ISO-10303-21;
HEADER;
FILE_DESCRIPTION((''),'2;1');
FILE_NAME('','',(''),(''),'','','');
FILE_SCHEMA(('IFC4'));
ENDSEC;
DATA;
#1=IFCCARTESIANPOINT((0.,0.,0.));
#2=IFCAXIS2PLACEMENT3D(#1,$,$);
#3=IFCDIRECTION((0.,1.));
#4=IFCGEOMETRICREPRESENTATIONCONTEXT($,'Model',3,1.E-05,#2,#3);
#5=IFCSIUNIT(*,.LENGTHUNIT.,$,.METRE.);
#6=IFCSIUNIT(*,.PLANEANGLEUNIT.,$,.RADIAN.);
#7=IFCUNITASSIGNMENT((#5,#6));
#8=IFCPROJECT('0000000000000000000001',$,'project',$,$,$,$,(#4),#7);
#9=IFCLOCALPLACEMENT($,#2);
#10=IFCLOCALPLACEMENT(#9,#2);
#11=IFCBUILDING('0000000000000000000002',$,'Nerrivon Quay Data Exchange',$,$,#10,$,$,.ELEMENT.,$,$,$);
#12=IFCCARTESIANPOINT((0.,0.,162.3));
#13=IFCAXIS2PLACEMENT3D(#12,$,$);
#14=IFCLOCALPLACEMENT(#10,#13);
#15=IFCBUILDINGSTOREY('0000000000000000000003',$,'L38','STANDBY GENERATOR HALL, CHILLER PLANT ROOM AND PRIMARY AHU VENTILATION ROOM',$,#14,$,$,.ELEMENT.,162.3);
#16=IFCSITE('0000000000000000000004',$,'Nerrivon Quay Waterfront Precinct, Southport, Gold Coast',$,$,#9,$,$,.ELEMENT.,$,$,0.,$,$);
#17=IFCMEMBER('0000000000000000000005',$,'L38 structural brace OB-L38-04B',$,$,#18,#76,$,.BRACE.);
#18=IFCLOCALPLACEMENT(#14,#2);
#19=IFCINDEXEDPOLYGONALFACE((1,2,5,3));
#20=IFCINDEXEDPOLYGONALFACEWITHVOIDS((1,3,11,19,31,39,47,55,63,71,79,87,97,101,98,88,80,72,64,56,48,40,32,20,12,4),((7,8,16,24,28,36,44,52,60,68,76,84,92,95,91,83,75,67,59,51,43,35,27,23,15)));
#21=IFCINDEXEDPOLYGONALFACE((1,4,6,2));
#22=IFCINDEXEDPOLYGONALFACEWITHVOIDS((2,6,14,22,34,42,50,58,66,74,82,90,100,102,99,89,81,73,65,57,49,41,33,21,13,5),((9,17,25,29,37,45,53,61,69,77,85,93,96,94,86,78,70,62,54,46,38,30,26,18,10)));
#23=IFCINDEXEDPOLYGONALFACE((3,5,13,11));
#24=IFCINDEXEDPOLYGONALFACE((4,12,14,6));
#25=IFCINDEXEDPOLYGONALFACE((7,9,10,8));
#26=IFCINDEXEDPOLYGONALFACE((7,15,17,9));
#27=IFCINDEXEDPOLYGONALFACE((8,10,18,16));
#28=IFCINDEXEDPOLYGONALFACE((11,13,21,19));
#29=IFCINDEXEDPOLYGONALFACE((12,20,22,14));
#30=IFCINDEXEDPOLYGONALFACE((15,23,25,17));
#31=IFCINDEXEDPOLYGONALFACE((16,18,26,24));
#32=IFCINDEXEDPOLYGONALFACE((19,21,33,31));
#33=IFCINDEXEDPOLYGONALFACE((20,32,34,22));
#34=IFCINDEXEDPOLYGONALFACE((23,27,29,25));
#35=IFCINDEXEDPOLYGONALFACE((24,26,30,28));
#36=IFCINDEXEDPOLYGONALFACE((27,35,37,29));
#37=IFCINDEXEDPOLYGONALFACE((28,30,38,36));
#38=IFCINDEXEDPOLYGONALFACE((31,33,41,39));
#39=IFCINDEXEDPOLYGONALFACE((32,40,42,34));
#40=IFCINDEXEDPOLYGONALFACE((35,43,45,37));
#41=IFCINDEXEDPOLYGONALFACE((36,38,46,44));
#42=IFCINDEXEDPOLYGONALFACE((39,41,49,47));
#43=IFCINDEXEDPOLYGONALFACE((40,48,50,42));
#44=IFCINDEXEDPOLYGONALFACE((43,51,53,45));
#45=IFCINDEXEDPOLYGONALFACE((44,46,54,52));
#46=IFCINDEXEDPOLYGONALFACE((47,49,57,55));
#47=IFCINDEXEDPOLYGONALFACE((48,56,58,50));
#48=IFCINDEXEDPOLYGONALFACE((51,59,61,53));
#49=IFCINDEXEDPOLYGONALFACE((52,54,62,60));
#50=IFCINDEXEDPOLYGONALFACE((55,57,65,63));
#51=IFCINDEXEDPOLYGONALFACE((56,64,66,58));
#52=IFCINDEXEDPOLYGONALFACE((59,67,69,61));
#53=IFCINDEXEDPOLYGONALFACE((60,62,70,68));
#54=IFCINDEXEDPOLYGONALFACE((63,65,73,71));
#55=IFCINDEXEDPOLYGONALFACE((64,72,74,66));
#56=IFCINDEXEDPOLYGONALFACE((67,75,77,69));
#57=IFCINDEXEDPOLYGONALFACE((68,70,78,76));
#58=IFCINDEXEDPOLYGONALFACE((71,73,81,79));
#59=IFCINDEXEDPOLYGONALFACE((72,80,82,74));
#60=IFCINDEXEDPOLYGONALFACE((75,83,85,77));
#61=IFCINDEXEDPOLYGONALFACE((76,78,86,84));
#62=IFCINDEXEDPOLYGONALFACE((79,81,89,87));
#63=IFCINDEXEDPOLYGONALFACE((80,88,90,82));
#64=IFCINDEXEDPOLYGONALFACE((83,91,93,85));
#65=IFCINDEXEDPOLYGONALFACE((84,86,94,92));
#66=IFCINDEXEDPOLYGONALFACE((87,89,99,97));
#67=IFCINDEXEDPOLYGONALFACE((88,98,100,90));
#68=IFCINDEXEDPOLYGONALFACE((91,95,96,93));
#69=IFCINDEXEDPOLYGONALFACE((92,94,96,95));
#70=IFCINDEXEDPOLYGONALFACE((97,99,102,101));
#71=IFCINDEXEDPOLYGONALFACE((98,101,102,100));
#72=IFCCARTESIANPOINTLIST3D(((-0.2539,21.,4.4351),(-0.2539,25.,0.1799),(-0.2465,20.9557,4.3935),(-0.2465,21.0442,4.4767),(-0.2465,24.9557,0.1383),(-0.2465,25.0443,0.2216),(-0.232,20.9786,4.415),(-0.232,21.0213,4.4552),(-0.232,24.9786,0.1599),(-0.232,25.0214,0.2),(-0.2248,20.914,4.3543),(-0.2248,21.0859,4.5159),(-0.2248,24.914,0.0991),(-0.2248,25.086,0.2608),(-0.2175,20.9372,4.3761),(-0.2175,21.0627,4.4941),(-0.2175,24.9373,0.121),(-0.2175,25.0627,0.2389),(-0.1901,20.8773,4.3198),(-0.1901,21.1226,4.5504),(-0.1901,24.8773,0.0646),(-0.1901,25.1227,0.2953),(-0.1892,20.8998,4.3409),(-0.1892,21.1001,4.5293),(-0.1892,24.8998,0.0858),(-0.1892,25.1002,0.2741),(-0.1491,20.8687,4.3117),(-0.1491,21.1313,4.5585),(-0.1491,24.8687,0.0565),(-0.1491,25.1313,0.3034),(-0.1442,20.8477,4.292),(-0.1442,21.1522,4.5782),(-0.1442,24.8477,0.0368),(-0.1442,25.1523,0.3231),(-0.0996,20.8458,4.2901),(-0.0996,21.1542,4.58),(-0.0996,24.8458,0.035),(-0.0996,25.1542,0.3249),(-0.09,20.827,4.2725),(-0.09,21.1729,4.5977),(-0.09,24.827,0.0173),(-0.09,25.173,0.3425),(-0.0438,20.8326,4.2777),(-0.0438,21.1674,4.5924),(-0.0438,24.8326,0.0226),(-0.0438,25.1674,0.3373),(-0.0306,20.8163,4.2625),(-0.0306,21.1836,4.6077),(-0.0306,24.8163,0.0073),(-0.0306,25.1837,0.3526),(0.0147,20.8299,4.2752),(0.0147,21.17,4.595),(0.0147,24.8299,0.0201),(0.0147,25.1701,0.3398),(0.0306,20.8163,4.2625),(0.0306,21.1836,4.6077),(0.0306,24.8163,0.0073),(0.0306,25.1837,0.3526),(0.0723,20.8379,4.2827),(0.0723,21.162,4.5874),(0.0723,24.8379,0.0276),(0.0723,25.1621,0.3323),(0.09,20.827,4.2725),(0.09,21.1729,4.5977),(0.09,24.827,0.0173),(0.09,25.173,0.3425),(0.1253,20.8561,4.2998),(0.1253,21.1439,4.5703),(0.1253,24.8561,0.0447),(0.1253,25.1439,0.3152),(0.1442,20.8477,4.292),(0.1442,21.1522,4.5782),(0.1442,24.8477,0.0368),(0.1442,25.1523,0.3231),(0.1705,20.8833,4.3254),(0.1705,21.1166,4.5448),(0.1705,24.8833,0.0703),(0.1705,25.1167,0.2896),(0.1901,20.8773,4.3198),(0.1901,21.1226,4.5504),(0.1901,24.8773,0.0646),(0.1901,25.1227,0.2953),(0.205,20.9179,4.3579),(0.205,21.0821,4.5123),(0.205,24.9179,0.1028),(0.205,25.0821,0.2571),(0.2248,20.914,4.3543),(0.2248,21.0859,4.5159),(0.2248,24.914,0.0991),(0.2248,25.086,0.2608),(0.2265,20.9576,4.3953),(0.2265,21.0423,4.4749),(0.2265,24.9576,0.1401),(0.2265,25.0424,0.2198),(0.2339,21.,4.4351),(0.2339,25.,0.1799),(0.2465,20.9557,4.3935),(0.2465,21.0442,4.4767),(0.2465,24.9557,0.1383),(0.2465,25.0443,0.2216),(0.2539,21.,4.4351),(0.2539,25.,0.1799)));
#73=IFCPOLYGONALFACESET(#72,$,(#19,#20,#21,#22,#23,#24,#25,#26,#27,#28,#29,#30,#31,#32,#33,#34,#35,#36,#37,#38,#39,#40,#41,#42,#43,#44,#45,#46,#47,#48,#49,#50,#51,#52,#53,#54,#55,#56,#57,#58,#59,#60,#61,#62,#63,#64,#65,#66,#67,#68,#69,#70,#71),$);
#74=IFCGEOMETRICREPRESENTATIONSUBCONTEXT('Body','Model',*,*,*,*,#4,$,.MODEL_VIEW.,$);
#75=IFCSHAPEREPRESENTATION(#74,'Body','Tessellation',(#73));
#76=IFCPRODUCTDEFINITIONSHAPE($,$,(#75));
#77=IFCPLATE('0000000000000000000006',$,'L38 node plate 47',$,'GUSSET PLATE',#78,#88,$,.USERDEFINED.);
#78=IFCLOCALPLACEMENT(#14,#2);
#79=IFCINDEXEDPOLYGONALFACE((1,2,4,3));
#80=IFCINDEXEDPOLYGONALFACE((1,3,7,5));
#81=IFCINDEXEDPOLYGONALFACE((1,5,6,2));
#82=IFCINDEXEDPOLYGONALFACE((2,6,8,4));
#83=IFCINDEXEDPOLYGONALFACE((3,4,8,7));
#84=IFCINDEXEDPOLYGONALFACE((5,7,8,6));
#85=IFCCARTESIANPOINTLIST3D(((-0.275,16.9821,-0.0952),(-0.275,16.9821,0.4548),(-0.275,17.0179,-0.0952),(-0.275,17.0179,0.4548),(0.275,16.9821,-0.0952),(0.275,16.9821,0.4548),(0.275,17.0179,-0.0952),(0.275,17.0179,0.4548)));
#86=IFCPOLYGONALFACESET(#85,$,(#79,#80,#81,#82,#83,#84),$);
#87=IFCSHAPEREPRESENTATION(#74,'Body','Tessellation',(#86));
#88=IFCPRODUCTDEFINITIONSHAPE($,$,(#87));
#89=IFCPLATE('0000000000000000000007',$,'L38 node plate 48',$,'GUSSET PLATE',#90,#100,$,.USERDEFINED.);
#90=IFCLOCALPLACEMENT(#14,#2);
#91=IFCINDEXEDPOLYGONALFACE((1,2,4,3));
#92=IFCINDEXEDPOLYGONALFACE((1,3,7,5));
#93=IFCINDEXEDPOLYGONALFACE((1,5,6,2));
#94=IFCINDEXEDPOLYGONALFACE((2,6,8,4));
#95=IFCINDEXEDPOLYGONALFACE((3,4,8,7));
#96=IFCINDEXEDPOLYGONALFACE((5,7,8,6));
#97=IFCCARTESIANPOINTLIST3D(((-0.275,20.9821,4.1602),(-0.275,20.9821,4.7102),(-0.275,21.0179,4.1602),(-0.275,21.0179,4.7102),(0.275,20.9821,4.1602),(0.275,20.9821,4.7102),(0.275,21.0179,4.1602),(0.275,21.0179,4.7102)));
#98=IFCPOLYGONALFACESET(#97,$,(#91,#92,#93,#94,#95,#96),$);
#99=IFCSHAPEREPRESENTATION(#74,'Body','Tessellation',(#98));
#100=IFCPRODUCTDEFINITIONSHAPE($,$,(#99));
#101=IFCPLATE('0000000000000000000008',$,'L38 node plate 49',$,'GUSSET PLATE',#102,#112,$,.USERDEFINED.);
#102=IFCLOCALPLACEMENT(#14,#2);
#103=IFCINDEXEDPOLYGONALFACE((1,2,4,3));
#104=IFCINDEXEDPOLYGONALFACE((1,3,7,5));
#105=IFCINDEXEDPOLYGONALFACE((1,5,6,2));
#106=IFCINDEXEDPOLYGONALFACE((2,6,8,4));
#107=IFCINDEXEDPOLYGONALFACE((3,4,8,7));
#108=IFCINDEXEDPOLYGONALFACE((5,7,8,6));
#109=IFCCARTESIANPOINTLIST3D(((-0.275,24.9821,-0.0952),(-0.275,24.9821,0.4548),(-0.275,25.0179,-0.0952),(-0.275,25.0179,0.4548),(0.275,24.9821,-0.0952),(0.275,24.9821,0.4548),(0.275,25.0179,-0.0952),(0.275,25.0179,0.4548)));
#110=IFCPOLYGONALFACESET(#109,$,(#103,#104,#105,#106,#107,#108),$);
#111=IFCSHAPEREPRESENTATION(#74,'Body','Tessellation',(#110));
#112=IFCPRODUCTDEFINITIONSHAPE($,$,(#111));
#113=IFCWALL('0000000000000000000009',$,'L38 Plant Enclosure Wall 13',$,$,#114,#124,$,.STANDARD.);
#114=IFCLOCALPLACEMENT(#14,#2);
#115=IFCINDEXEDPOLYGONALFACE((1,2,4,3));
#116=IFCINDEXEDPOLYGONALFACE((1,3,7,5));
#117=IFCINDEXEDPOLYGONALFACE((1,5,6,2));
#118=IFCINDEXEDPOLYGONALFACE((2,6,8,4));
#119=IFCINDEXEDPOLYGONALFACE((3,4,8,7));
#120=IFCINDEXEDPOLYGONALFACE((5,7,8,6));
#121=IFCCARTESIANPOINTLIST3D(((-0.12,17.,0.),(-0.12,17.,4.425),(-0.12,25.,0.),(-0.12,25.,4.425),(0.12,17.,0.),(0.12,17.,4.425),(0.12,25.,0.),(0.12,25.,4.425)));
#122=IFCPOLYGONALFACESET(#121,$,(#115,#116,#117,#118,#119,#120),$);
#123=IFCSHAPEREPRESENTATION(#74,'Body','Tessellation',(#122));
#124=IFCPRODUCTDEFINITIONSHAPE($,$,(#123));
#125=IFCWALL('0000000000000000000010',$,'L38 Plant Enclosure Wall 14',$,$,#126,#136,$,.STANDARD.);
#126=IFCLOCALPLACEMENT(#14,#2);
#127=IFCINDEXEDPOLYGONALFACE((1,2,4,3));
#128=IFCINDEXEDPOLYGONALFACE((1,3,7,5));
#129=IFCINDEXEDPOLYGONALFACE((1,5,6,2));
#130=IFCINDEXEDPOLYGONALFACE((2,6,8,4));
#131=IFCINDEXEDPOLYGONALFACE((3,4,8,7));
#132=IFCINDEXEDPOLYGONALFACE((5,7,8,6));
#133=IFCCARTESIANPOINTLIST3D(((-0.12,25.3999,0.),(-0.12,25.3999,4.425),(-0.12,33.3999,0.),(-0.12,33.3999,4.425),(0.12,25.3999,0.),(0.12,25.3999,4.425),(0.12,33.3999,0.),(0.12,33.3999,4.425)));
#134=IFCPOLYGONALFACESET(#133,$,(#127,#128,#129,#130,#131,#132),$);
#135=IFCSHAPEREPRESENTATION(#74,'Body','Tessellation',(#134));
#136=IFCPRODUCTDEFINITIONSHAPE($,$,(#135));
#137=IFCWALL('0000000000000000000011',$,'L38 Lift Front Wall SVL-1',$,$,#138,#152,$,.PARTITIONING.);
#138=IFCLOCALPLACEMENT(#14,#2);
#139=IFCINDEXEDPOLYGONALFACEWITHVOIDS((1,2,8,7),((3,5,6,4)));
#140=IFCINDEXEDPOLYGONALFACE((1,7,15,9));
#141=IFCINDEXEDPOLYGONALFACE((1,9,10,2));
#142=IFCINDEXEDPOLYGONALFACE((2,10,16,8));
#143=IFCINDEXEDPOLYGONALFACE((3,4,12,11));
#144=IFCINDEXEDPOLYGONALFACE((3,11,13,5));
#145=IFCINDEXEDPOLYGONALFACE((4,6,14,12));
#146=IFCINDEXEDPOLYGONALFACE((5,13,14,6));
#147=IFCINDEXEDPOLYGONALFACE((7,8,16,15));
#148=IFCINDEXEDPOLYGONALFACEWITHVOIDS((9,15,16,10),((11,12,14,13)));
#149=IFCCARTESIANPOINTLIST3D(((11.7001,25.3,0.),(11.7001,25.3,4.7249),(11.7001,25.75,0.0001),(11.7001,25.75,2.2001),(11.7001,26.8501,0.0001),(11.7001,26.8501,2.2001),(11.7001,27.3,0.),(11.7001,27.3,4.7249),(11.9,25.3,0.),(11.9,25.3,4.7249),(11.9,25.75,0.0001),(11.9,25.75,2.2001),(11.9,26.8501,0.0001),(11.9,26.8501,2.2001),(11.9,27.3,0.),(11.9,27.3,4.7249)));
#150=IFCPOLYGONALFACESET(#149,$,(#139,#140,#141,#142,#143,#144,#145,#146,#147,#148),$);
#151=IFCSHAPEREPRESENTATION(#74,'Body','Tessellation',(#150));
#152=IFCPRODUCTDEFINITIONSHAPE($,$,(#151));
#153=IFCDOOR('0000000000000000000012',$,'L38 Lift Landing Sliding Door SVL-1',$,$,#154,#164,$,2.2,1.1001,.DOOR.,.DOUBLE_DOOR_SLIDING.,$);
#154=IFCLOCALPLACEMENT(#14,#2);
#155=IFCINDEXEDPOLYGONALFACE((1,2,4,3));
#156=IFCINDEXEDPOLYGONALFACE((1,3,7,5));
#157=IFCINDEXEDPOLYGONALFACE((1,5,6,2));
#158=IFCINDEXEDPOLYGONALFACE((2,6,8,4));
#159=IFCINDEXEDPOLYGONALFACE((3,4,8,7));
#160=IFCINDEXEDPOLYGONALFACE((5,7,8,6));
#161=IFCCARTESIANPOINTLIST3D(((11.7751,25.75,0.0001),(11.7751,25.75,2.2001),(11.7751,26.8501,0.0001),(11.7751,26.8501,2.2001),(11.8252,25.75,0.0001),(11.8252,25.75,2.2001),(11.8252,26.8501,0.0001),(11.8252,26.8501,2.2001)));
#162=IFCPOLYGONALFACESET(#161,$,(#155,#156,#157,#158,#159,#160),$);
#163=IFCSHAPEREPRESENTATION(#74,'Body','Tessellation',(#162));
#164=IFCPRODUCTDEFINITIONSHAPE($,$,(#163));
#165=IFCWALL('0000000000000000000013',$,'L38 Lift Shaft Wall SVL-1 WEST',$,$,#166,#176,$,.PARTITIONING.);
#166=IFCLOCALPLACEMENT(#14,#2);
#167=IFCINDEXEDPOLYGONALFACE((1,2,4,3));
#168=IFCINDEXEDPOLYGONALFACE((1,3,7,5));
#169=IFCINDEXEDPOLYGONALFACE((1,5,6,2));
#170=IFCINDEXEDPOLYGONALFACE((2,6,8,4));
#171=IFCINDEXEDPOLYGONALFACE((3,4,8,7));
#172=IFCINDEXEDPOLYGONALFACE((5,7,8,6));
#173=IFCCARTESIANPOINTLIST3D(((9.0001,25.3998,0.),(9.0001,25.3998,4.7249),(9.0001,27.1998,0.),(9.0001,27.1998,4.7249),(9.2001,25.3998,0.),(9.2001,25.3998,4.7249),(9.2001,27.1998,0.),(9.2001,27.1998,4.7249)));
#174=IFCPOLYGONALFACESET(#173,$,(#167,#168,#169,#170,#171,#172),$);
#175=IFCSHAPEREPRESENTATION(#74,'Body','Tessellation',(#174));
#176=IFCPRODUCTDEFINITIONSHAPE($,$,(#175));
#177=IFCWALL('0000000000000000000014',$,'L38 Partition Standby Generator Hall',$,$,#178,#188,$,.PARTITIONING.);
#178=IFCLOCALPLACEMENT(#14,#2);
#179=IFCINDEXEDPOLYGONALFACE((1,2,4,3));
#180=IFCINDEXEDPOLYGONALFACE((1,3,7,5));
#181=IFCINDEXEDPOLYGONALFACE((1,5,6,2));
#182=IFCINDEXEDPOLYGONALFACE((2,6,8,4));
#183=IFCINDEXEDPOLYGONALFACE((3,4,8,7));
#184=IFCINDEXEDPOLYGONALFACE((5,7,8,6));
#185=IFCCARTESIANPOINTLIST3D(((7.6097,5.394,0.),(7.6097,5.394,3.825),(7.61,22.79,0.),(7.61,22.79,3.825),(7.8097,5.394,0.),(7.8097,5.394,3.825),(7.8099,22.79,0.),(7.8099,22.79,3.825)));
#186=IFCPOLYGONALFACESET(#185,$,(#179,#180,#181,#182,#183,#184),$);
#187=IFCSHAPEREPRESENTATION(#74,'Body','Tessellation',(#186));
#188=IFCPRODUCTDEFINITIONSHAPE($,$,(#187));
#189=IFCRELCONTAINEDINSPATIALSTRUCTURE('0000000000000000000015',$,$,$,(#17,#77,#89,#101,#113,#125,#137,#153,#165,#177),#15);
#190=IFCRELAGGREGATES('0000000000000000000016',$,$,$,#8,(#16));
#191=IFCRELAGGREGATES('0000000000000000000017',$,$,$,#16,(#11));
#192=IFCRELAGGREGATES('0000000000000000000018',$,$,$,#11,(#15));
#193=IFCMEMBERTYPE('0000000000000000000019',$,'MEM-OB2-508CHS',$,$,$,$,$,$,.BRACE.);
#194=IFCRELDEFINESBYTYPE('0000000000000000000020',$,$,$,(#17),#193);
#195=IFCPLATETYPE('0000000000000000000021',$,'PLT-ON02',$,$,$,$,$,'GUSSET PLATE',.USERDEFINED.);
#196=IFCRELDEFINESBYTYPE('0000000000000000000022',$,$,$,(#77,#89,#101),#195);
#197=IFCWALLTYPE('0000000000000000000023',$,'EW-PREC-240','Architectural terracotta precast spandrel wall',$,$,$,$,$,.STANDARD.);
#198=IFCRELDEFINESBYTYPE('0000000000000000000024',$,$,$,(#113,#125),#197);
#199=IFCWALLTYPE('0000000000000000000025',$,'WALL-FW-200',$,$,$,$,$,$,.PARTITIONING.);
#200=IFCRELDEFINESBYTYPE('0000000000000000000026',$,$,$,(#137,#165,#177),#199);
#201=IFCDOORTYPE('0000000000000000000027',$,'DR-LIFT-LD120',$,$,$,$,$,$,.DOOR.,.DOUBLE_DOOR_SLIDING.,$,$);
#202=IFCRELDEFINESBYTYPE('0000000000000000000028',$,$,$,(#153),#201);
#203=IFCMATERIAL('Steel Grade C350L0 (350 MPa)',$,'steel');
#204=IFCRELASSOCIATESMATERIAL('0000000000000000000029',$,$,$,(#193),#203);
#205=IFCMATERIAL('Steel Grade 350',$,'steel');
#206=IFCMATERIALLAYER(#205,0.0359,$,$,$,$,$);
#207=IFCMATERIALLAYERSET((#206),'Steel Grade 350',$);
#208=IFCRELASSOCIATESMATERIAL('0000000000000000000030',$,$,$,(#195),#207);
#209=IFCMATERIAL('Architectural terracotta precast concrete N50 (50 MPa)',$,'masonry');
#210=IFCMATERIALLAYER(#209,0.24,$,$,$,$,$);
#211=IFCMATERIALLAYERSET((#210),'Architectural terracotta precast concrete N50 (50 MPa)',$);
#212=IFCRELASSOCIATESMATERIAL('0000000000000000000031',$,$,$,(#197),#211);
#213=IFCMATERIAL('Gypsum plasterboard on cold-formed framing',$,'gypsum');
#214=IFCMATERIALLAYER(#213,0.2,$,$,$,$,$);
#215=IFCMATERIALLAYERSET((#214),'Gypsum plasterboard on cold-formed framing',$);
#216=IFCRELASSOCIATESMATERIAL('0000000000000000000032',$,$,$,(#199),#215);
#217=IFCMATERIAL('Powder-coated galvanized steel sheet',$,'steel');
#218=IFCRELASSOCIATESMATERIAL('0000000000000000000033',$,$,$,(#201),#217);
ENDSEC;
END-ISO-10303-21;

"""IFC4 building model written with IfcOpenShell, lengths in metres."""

from ifc_helpers import new_model, si_unit, direction, frame, frame_2d, origin, origin_2d, place, context, subcontext, project, spatial, rectangle, hollow_circle, extrude, material, layer, layer_set, material_profile, profile_set, type_object, element, fill, save


model = new_model("IFC4")

# Units and contexts
model_context = context("Model", 3, precision=1e-05, world=origin(), true_north=direction((0.0, 1.0)))
body_context = subcontext(model_context, "Body", "Model", "MODEL_VIEW")
ifc_project = project(units=[si_unit("LENGTHUNIT", "METRE"), si_unit("PLANEANGLEUNIT", "RADIAN")], contexts=[model_context])

# Site, building, storey
site_placement = place(None, origin())
site = spatial("IfcSite", under=ifc_project, at=site_placement, Name="Nerrivon Quay Waterfront Precinct, Southport, Gold Coast", CompositionType="ELEMENT", RefElevation=0.0)
building_placement = place(site_placement, origin())
building = spatial("IfcBuilding", under=site, at=building_placement, Name="Nerrivon Quay Data Exchange", CompositionType="ELEMENT")
storey_placement = place(building_placement, frame((0.0, 0.0, 162.3)))
storey = spatial("IfcBuildingStorey", under=building, at=storey_placement, Name="L38", Description="STANDBY GENERATOR HALL, CHILLER PLANT ROOM AND PRIMARY AHU VENTILATION ROOM", CompositionType="ELEMENT", Elevation=162.3)

# Shared definitions
ifc_material_1 = material(Name="Steel Grade 350", Category="steel")

# Shared definitions
ifc_material_2 = material(Name="Steel Grade C350L0 (350 MPa)", Category="steel")

# Member
ifc_material_profile_1 = material_profile(ifc_material_2, hollow_circle(Radius=0.2539, WallThickness=0.02, at=origin_2d()), Name="508.0x20.0CHS")
ifc_profile_set_1 = profile_set([ifc_material_profile_1], Name="Steel Grade C350L0 (350 MPa)")
member_type = type_object("IfcMemberType", Name="MEM-OB2-508CHS", PredefinedType="BRACE", material=ifc_profile_set_1)
for number, where, z_axis, x_axis, name in (
    (1, (0.0, 25.0, 0.1799), (0.0, -0.684926, 0.728612), (1.0, 0.0, 0.0), "L38 structural brace OB-L38-04B"),
):
    element("IfcMember", number, at=place(storey_placement, frame(where, z_axis=z_axis, x_axis=x_axis)), inside=storey, type_object=member_type, Name=name, PredefinedType="BRACE", context=body_context, shape_type="SweptSolid", body=[
        extrude(hollow_circle(Radius=0.2539, WallThickness=0.02, at=origin_2d()), origin(), (0.0, 0.0, 1.0), 5.8401),
    ])

# Plates
ifc_layer_1 = layer(ifc_material_1, 0.0359)
ifc_layer_set_1 = layer_set([ifc_layer_1], Name="Steel Grade 350")
plate_type = type_object("IfcPlateType", Name="PLT-ON02", ElementType="GUSSET PLATE", PredefinedType="USERDEFINED", material=ifc_layer_set_1)
for number, where, z_axis, x_axis, name in (
    (2, (0.0, 17.0, -0.0952), (0.0, 0.0, 1.0), (1.0, 0.0, 0.0), "L38 node plate 47"),
    (3, (0.0, 21.0, 4.1602), (0.0, 0.0, 1.0), (1.0, 0.0, 0.0), "L38 node plate 48"),
    (4, (0.0, 25.0, -0.0952), (0.0, 0.0, 1.0), (1.0, 0.0, 0.0), "L38 node plate 49"),
):
    element("IfcPlate", number, at=place(storey_placement, frame(where, z_axis=z_axis, x_axis=x_axis)), inside=storey, type_object=plate_type, Name=name, ObjectType="GUSSET PLATE", PredefinedType="USERDEFINED", context=body_context, shape_type="SweptSolid", body=[
        extrude(rectangle(XDim=0.55, YDim=0.0359, at=origin_2d()), origin(), (0.0, 0.0, 1.0), 0.55),
    ])

# Walls
ifc_material_3 = material(Name="Architectural terracotta precast concrete N50 (50 MPa)", Category="masonry")
ifc_layer_2 = layer(ifc_material_3, 0.24)
ifc_layer_set_2 = layer_set([ifc_layer_2], Name="Architectural terracotta precast concrete N50 (50 MPa)")
wall_type_1 = type_object("IfcWallType", Name="EW-PREC-240", Description="Architectural terracotta precast spandrel wall", PredefinedType="STANDARD", material=ifc_layer_set_2)
for number, where, z_axis, x_axis, name in (
    (5, (0.0, 17.0, 0.0), (0.0, 0.0, 1.0), (0.0, 1.0, 0.0), "L38 Plant Enclosure Wall 13"),
    (6, (0.0, 25.3999, 0.0), (0.0, 0.0, 1.0), (0.0, 1.0, 0.0), "L38 Plant Enclosure Wall 14"),
):
    element("IfcWall", number, at=place(storey_placement, frame(where, z_axis=z_axis, x_axis=x_axis)), inside=storey, type_object=wall_type_1, Name=name, PredefinedType="STANDARD", context=body_context, shape_type="SweptSolid", body=[
        extrude(rectangle(XDim=8.0, YDim=0.24, at=frame_2d((4.0, 0.0))), origin(), (0.0, 0.0, 1.0), 4.425),
    ])

# Wall, opening, door
ifc_material_4 = material(Name="Powder-coated galvanized steel sheet", Category="steel")
ifc_material_5 = material(Name="Gypsum plasterboard on cold-formed framing", Category="gypsum")
ifc_layer_3 = layer(ifc_material_5, 0.2)
ifc_layer_set_3 = layer_set([ifc_layer_3], Name="Gypsum plasterboard on cold-formed framing")
wall_type_2 = type_object("IfcWallType", Name="WALL-FW-200", PredefinedType="PARTITIONING", material=ifc_layer_set_3)
wall_1_placement = place(storey_placement, frame((11.8, 25.3, 0.0), z_axis=(0.0, 0.0, 1.0), x_axis=(0.0, 1.0, 0.0)))
wall_1 = element("IfcWall", 7, at=wall_1_placement, inside=storey, type_object=wall_type_2, Name="L38 Lift Front Wall SVL-1", PredefinedType="PARTITIONING", context=body_context, shape_type="SweptSolid", body=[
    extrude(rectangle(XDim=2.0, YDim=0.2, at=frame_2d((1.0, 0.0))), origin(), (0.0, 0.0, 1.0), 4.7249),
])
opening_1_placement = place(wall_1_placement, frame((0.45, 0.0, 0.0)))
opening_1 = element("IfcOpeningElement", 8, at=opening_1_placement, cuts=wall_1, PredefinedType="OPENING", context=body_context, shape_type="SweptSolid", body=[
    extrude(rectangle(XDim=1.1001, YDim=2.2, at=frame_2d((0.55, 1.1001))), frame((0.0, 0.1099, 0.0), z_axis=(0.0, -1.0, 0.0), x_axis=(1.0, 0.0, 0.0)), (0.0, 0.0, 1.0), 0.22),
])
door_type_1 = type_object("IfcDoorType", Name="DR-LIFT-LD120", OperationType="DOUBLE_DOOR_SLIDING", PredefinedType="DOOR", material=ifc_material_4)
door_1_placement = place(opening_1_placement, origin())
door_1 = element("IfcDoor", 9, at=door_1_placement, inside=storey, type_object=door_type_1, Name="L38 Lift Landing Sliding Door SVL-1", OperationType="DOUBLE_DOOR_SLIDING", OverallHeight=2.2, OverallWidth=1.1001, PredefinedType="DOOR", context=body_context, shape_type="SweptSolid", body=[
    extrude(rectangle(XDim=1.1001, YDim=2.2, at=frame_2d((0.55, 1.1001))), frame((0.0, 0.0249, 0.0), z_axis=(0.0, -1.0, 0.0), x_axis=(1.0, 0.0, 0.0)), (0.0, 0.0, 1.0), 0.05),
])
fill(opening_1, door_1)

# Walls
wall_2_placement = place(storey_placement, frame((9.1001, 25.3999, 0.0), z_axis=(0.0, 0.0, 1.0), x_axis=(0.0, 1.0, 0.0)))
element("IfcWall", 10, at=wall_2_placement, inside=storey, type_object=wall_type_2, Name="L38 Lift Shaft Wall SVL-1 WEST", PredefinedType="PARTITIONING", context=body_context, shape_type="SweptSolid", body=[
    extrude(rectangle(XDim=1.8, YDim=0.2, at=frame_2d((0.8999, 0.0))), origin(), (0.0, 0.0, 1.0), 4.7249),
])
wall_3_placement = place(storey_placement, frame((7.71, 22.79, 0.0), z_axis=(0.0, 0.0, 1.0), x_axis=(-0.000014, -1.0, 0.0)))
element("IfcWall", 11, at=wall_3_placement, inside=storey, type_object=wall_type_2, Name="L38 Partition Standby Generator Hall", PredefinedType="PARTITIONING", context=body_context, shape_type="SweptSolid", body=[
    extrude(rectangle(XDim=17.396, YDim=0.2, at=frame_2d((8.698, 0.0))), origin(), (0.0, 0.0, 1.0), 3.825),
])

save(model, "model.ifc")
